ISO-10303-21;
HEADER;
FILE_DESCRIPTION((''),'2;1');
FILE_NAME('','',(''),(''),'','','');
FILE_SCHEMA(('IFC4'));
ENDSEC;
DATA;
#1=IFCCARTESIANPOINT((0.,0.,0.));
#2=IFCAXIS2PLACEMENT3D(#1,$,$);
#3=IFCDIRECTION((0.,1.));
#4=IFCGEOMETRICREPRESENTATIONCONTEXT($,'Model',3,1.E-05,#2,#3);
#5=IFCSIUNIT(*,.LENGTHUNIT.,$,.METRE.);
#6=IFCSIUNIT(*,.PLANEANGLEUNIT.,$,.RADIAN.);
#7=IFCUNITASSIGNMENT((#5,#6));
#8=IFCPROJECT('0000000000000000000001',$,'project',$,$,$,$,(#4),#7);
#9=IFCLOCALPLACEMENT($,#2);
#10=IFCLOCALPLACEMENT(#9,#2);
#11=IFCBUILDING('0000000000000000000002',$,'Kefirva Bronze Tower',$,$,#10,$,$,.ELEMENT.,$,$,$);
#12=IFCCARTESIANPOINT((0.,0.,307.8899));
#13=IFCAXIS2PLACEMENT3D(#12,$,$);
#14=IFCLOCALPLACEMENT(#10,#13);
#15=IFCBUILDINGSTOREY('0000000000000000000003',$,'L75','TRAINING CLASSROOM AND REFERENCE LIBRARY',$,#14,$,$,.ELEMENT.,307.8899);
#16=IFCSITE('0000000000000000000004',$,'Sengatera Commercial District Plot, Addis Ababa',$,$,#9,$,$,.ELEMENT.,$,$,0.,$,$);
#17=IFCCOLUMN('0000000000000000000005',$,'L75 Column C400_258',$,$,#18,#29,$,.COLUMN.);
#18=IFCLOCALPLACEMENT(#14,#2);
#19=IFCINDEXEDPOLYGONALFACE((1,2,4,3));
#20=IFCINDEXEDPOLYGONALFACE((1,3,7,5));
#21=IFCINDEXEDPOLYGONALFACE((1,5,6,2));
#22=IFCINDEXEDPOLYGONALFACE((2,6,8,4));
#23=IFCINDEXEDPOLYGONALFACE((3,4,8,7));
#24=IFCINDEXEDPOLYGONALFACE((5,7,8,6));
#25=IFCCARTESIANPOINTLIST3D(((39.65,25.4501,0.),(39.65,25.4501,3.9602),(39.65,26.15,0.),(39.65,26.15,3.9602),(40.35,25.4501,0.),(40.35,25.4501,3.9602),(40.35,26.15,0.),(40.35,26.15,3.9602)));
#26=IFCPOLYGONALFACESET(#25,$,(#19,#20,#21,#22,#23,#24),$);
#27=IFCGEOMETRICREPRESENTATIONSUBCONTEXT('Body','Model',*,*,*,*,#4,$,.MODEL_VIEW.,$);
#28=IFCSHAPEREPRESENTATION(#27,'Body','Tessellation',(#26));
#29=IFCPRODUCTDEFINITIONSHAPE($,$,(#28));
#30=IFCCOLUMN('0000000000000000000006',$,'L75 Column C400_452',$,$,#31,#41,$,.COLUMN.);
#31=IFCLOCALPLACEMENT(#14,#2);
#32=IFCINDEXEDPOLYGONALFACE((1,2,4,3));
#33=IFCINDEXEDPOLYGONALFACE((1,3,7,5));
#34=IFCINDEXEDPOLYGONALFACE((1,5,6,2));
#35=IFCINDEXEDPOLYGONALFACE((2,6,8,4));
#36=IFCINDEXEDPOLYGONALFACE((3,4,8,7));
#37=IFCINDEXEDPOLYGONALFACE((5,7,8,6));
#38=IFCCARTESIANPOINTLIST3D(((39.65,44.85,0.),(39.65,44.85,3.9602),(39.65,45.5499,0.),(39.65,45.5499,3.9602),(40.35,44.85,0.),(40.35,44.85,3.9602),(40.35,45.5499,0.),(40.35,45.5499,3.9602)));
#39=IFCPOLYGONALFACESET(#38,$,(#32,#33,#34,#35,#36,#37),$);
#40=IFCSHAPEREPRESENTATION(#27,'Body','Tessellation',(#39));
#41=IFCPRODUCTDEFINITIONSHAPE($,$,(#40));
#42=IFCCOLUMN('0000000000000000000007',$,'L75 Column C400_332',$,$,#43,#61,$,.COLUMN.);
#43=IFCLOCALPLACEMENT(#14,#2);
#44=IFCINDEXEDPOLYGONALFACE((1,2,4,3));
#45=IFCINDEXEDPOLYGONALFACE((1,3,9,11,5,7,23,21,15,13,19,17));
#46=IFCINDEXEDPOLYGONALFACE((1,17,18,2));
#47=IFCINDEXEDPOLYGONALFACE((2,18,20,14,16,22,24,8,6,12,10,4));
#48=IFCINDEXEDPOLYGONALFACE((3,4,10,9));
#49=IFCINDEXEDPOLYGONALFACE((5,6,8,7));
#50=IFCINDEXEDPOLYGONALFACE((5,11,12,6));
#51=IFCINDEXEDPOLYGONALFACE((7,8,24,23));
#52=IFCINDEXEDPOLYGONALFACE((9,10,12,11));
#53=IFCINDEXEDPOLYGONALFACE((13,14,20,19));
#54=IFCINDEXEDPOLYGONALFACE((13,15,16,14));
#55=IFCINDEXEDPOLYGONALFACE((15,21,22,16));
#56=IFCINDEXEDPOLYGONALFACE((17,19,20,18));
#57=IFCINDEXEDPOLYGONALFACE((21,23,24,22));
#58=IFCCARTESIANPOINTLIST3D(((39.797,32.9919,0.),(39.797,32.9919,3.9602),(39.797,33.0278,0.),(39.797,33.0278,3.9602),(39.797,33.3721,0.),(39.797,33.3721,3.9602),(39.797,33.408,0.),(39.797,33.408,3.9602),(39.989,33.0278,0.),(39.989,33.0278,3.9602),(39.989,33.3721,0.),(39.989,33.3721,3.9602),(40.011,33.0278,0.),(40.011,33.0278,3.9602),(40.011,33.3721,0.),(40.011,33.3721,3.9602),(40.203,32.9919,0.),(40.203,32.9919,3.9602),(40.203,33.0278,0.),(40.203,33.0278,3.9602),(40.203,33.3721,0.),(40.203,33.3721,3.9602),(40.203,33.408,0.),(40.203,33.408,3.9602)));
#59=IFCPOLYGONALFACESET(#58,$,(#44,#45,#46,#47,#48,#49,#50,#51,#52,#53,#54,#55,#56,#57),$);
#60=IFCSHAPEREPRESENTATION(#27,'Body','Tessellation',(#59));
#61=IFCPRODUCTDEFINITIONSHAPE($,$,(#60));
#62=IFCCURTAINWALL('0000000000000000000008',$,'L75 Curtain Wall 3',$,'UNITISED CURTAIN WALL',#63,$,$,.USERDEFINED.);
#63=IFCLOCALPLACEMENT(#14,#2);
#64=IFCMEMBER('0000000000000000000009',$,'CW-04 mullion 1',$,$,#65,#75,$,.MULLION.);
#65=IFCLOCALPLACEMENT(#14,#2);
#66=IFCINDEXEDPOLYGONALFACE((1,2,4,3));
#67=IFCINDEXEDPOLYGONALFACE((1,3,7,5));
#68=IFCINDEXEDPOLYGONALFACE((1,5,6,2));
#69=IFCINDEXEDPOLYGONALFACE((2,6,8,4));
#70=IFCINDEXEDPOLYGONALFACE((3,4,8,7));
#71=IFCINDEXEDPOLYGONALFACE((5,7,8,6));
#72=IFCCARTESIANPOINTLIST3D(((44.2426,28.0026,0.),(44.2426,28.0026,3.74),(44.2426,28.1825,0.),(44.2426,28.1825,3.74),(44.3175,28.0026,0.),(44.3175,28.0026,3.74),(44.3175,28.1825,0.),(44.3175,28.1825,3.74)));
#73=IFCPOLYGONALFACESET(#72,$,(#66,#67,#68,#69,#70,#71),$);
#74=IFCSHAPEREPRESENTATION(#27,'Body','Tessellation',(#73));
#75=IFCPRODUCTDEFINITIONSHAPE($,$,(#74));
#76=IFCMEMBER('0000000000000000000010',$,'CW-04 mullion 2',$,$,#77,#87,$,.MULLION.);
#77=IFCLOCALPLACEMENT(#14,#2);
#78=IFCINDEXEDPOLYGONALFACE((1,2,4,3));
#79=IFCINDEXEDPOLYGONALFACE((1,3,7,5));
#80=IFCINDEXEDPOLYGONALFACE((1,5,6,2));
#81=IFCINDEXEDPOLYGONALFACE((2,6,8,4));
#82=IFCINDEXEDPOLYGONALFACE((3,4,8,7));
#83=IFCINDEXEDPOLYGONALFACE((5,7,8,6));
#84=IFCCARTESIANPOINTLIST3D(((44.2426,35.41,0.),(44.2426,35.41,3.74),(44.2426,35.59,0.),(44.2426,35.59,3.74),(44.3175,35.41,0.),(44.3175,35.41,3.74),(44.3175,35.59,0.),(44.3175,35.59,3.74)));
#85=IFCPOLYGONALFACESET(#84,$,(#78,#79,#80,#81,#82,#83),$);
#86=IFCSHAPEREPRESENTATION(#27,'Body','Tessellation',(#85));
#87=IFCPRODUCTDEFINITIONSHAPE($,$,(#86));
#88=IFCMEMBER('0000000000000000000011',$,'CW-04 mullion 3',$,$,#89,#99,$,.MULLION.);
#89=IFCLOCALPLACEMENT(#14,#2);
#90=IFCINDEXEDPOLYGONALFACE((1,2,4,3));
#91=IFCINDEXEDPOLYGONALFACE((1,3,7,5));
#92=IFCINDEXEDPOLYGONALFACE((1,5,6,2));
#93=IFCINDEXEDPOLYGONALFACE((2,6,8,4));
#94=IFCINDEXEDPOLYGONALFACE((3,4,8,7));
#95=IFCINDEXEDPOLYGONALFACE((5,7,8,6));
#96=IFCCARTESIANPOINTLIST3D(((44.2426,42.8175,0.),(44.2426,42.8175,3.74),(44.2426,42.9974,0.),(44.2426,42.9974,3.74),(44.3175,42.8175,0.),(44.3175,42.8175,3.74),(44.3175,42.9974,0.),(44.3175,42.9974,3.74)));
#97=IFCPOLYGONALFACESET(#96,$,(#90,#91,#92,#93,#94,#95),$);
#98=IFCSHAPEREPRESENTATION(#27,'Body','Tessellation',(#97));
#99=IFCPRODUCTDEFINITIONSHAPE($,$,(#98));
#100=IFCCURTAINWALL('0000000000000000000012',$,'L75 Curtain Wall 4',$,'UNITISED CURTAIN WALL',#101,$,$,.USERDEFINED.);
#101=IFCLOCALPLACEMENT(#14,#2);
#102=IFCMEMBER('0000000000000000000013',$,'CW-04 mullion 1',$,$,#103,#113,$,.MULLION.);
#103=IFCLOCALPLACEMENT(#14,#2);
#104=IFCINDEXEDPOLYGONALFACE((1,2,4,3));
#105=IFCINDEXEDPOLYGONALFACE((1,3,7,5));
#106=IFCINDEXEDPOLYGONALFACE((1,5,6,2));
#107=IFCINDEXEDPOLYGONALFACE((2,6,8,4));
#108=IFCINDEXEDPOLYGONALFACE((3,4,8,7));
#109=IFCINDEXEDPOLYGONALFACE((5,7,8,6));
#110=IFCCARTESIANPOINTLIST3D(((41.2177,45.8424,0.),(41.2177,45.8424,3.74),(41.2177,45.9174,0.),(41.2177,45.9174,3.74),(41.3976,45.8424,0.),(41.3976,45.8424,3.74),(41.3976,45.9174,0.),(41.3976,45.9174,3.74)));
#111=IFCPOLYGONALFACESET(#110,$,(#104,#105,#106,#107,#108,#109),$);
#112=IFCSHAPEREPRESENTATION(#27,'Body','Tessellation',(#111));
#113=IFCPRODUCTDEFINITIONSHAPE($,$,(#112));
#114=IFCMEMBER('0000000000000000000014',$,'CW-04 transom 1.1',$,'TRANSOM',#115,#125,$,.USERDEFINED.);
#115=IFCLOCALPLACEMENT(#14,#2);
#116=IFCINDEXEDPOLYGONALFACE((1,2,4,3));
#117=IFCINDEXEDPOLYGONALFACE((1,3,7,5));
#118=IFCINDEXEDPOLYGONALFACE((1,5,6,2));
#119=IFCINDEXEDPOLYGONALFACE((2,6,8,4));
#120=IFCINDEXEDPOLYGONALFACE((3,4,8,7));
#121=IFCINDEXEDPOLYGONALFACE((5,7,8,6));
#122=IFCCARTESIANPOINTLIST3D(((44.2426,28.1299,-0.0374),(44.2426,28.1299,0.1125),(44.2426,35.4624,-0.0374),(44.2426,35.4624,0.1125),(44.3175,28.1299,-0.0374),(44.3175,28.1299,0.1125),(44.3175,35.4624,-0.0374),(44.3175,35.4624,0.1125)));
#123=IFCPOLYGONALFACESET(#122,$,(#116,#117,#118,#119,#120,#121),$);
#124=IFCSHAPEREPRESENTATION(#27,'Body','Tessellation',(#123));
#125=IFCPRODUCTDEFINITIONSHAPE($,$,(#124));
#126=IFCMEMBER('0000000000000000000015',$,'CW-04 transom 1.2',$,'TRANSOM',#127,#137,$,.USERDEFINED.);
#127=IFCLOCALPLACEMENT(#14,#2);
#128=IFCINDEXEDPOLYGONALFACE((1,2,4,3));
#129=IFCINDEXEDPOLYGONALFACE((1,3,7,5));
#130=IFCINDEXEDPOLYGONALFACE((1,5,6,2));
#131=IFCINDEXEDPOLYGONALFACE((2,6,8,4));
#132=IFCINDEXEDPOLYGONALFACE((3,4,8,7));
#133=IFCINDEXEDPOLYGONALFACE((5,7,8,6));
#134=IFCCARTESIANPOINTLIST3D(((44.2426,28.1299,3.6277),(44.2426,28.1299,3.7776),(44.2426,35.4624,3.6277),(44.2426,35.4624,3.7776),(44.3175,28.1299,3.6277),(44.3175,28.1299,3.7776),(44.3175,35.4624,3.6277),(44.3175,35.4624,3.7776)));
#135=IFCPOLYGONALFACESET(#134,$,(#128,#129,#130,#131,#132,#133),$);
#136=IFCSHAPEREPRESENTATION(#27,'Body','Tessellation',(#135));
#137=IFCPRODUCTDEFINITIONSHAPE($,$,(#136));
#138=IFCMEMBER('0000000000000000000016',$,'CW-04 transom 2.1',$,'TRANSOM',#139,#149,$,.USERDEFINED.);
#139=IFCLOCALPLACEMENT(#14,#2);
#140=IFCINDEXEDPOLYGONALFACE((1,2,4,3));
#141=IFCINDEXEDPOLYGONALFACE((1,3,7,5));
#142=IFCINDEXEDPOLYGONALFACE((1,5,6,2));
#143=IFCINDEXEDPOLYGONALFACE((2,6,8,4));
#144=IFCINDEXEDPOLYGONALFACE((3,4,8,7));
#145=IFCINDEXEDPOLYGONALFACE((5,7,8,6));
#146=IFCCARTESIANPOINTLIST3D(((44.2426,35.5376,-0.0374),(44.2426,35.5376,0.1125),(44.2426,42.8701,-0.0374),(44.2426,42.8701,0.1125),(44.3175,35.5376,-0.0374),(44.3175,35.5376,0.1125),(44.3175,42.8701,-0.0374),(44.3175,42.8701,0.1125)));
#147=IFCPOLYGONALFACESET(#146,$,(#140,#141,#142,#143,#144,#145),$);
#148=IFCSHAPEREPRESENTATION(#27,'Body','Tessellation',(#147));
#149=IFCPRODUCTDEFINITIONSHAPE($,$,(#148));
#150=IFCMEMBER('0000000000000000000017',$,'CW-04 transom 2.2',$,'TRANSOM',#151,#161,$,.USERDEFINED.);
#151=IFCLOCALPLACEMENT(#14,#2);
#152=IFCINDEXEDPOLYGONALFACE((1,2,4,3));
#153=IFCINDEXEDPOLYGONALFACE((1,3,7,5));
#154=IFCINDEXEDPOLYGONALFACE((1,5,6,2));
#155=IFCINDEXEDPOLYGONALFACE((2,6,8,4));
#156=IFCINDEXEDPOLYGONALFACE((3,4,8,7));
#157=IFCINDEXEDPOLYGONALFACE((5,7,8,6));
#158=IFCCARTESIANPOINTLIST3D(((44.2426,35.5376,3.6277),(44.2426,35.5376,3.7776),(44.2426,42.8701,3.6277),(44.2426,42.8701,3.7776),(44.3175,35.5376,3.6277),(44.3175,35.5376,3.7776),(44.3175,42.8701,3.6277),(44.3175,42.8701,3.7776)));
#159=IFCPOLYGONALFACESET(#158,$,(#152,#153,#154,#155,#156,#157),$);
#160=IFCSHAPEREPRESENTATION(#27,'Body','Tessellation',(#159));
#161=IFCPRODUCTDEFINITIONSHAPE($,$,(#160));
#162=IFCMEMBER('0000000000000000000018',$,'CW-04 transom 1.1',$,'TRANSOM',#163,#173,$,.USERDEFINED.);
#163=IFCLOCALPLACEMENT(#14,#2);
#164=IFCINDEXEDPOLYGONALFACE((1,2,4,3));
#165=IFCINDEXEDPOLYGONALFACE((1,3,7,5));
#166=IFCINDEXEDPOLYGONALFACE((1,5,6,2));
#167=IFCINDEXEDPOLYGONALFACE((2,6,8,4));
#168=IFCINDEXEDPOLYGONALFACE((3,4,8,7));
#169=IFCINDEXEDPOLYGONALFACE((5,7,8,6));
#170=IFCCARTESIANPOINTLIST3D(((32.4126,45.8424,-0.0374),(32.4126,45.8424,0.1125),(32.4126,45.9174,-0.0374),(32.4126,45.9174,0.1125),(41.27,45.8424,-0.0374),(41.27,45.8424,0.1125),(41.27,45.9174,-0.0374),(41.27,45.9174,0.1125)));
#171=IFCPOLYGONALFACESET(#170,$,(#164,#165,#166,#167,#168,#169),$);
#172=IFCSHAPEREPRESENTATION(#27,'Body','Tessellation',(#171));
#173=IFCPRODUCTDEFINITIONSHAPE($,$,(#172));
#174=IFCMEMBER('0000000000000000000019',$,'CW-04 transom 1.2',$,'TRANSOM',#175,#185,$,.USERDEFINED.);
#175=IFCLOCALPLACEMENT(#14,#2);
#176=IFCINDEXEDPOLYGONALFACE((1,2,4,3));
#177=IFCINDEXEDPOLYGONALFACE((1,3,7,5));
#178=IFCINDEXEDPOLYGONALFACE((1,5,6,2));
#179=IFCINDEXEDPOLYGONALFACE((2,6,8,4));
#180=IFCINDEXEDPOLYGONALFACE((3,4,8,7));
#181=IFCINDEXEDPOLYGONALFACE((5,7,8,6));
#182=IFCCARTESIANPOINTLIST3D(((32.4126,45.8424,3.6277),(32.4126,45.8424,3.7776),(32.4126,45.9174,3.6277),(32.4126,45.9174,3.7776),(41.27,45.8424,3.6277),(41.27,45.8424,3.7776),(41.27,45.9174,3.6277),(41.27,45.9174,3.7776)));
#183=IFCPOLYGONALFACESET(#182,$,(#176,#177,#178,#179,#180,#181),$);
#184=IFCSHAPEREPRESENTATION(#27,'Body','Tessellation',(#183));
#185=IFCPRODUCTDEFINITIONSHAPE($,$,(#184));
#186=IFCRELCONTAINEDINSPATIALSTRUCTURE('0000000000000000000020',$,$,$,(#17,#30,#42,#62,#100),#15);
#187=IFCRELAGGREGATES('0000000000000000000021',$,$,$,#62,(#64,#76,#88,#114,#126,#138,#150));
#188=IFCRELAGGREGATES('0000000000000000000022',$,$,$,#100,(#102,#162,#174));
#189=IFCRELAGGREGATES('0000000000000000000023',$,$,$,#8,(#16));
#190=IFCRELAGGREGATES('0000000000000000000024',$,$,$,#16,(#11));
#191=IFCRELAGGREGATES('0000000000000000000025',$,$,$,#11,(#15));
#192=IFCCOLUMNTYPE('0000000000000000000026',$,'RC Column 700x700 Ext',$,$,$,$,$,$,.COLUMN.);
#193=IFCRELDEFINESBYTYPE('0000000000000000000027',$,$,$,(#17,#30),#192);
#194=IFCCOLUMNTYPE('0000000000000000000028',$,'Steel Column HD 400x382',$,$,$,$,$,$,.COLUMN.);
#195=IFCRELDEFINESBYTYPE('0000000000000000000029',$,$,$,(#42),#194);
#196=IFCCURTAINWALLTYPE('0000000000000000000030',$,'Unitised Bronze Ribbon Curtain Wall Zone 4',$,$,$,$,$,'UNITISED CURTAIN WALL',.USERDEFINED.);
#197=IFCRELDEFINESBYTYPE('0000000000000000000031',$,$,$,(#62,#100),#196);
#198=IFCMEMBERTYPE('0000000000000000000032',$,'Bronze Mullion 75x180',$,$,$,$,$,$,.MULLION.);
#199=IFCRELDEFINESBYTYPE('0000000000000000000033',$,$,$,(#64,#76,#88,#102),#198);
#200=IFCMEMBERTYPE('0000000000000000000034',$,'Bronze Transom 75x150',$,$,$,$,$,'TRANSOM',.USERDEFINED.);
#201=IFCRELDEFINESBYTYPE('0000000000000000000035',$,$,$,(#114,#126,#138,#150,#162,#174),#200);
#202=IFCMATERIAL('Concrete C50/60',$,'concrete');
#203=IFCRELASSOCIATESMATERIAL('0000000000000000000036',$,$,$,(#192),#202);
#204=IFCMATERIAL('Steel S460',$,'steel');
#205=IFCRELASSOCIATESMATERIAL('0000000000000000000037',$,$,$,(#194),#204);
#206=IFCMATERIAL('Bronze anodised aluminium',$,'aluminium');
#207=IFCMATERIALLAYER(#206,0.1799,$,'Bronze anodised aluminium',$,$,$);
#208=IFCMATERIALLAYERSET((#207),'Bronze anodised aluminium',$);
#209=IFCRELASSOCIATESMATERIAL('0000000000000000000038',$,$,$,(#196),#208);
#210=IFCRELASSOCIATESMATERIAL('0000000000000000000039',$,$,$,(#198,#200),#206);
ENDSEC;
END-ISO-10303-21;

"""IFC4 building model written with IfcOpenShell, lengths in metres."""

from ifc_helpers import new_model, si_unit, direction, frame, origin, origin_2d, place, context, subcontext, project, spatial, rectangle, i_section, extrude, material, layer, layer_set, material_profile, profile_set, type_object, element, aggregate, save


model = new_model("IFC4")

# Units and contexts
model_context = context("Model", 3, precision=1e-05, world=origin(), true_north=direction((0.0, 1.0)))
body_context = subcontext(model_context, "Body", "Model", "MODEL_VIEW")
ifc_project = project(units=[si_unit("LENGTHUNIT", "METRE"), si_unit("PLANEANGLEUNIT", "RADIAN")], contexts=[model_context])

# Site, building, storey
site_placement = place(None, origin())
site = spatial("IfcSite", under=ifc_project, at=site_placement, Name="Sengatera Commercial District Plot, Addis Ababa", CompositionType="ELEMENT", RefElevation=0.0)
building_placement = place(site_placement, origin())
building = spatial("IfcBuilding", under=site, at=building_placement, Name="Kefirva Bronze Tower", CompositionType="ELEMENT")
storey_placement = place(building_placement, frame((0.0, 0.0, 307.8899)))
storey = spatial("IfcBuildingStorey", under=building, at=storey_placement, Name="L75", Description="TRAINING CLASSROOM AND REFERENCE LIBRARY", CompositionType="ELEMENT", Elevation=307.8899)

# Columns
ifc_material_1 = material(Name="Concrete C50/60", Category="concrete")
ifc_material_profile_1 = material_profile(ifc_material_1, rectangle(XDim=0.7, YDim=0.7, at=origin_2d()), Name="RC 700x700")
ifc_profile_set_1 = profile_set([ifc_material_profile_1], Name="Concrete C50/60")
column_type_1 = type_object("IfcColumnType", Name="RC Column 700x700 Ext", PredefinedType="COLUMN", material=ifc_profile_set_1)
for number, where, z_axis, x_axis, name in (
    (1, (40.0, 25.8, 0.0), (0.0, 0.0, 1.0), (1.0, 0.0, 0.0), "L75 Column C400_258"),
    (2, (40.0, 45.2, 0.0), (0.0, 0.0, 1.0), (1.0, 0.0, 0.0), "L75 Column C400_452"),
):
    element("IfcColumn", number, at=place(storey_placement, frame(where, z_axis=z_axis, x_axis=x_axis)), inside=storey, type_object=column_type_1, Name=name, PredefinedType="COLUMN", context=body_context, shape_type="SweptSolid", body=[
        extrude(rectangle(XDim=0.7, YDim=0.7, at=origin_2d()), origin(), (0.0, 0.0, 1.0), 3.9602),
    ])
ifc_material_2 = material(Name="Steel S460", Category="steel")
ifc_material_profile_2 = material_profile(ifc_material_2, i_section(OverallWidth=0.406, OverallDepth=0.416, WebThickness=0.022, FlangeThickness=0.0359, at=origin_2d()), Name="HD 400x382")
ifc_profile_set_2 = profile_set([ifc_material_profile_2], Name="Steel S460")
column_type_2 = type_object("IfcColumnType", Name="Steel Column HD 400x382", PredefinedType="COLUMN", material=ifc_profile_set_2)
column_placement = place(storey_placement, frame((40.0, 33.2, 0.0), z_axis=(0.0, 0.0, 1.0), x_axis=(1.0, 0.0, 0.0)))
element("IfcColumn", 3, at=column_placement, inside=storey, type_object=column_type_2, Name="L75 Column C400_332", PredefinedType="COLUMN", context=body_context, shape_type="SweptSolid", body=[
    extrude(i_section(OverallWidth=0.406, OverallDepth=0.416, WebThickness=0.022, FlangeThickness=0.0359, at=origin_2d()), origin(), (0.0, 0.0, 1.0), 3.9602),
])

# Curtain wall, members
ifc_material_3 = material(Name="Bronze anodised aluminium", Category="aluminium")
ifc_layer_1 = layer(ifc_material_3, 0.1799, Name="Bronze anodised aluminium")
ifc_layer_set_1 = layer_set([ifc_layer_1], Name="Bronze anodised aluminium")
curtain_wall_type = type_object("IfcCurtainWallType", Name="Unitised Bronze Ribbon Curtain Wall Zone 4", ElementType="UNITISED CURTAIN WALL", PredefinedType="USERDEFINED", material=ifc_layer_set_1)
curtain_wall_1_placement = place(storey_placement, origin())
curtain_wall_1 = element("IfcCurtainWall", 4, at=curtain_wall_1_placement, inside=storey, type_object=curtain_wall_type, Name="L75 Curtain Wall 3", ObjectType="UNITISED CURTAIN WALL", PredefinedType="USERDEFINED")
ifc_material_profile_3 = material_profile(ifc_material_3, rectangle(XDim=0.075, YDim=0.1799, at=origin_2d()), Name="ALU 75x180")
ifc_profile_set_3 = profile_set([ifc_material_profile_3], Name="Bronze anodised aluminium")
member_type_1 = type_object("IfcMemberType", Name="Bronze Mullion 75x180", PredefinedType="MULLION", material=ifc_profile_set_3)
member_1_placement = place(storey_placement, frame((44.28, 28.0925, 0.0), z_axis=(0.0, 0.0, 1.0), x_axis=(-1.0, 0.0, 0.0)))
member_1 = element("IfcMember", 5, at=member_1_placement, type_object=member_type_1, Name="CW-04 mullion 1", PredefinedType="MULLION", context=body_context, shape_type="SweptSolid", body=[
    extrude(rectangle(XDim=0.075, YDim=0.1799, at=origin_2d()), origin(), (0.0, 0.0, 1.0), 3.74),
])
member_2_placement = place(storey_placement, frame((44.28, 35.5, 0.0), z_axis=(0.0, 0.0, 1.0), x_axis=(-1.0, 0.0, 0.0)))
member_2 = element("IfcMember", 6, at=member_2_placement, type_object=member_type_1, Name="CW-04 mullion 2", PredefinedType="MULLION", context=body_context, shape_type="SweptSolid", body=[
    extrude(rectangle(XDim=0.075, YDim=0.1799, at=origin_2d()), origin(), (0.0, 0.0, 1.0), 3.74),
])
member_3_placement = place(storey_placement, frame((44.28, 42.9075, 0.0), z_axis=(0.0, 0.0, 1.0), x_axis=(-1.0, 0.0, 0.0)))
member_3 = element("IfcMember", 7, at=member_3_placement, type_object=member_type_1, Name="CW-04 mullion 3", PredefinedType="MULLION", context=body_context, shape_type="SweptSolid", body=[
    extrude(rectangle(XDim=0.075, YDim=0.1799, at=origin_2d()), origin(), (0.0, 0.0, 1.0), 3.74),
])

# Curtain wall, member
curtain_wall_2_placement = place(storey_placement, origin())
curtain_wall_2 = element("IfcCurtainWall", 8, at=curtain_wall_2_placement, inside=storey, type_object=curtain_wall_type, Name="L75 Curtain Wall 4", ObjectType="UNITISED CURTAIN WALL", PredefinedType="USERDEFINED")
member_4_placement = place(storey_placement, frame((41.3076, 45.8799, 0.0), z_axis=(0.0, 0.0, 1.0), x_axis=(0.0, -1.0, 0.0)))
member_4 = element("IfcMember", 9, at=member_4_placement, type_object=member_type_1, Name="CW-04 mullion 1", PredefinedType="MULLION", context=body_context, shape_type="SweptSolid", body=[
    extrude(rectangle(XDim=0.075, YDim=0.1799, at=origin_2d()), origin(), (0.0, 0.0, 1.0), 3.74),
])

# Members
ifc_material_profile_4 = material_profile(ifc_material_3, rectangle(XDim=0.075, YDim=0.1499, at=origin_2d()), Name="ALU 75x150")
ifc_profile_set_4 = profile_set([ifc_material_profile_4], Name="Bronze anodised aluminium")
member_type_2 = type_object("IfcMemberType", Name="Bronze Transom 75x150", ElementType="TRANSOM", PredefinedType="USERDEFINED", material=ifc_profile_set_4)
member_5_placement = place(storey_placement, frame((44.28, 28.1299, 0.0376), z_axis=(0.0, 1.0, 0.0), x_axis=(-1.0, 0.0, 0.0)))
member_5 = element("IfcMember", 10, at=member_5_placement, type_object=member_type_2, Name="CW-04 transom 1.1", ObjectType="TRANSOM", PredefinedType="USERDEFINED", context=body_context, shape_type="SweptSolid", body=[
    extrude(rectangle(XDim=0.075, YDim=0.1499, at=origin_2d()), origin(), (0.0, 0.0, 1.0), 7.3325),
])
member_6_placement = place(storey_placement, frame((44.28, 28.1299, 3.7026), z_axis=(0.0, 1.0, 0.0), x_axis=(-1.0, 0.0, 0.0)))
member_6 = element("IfcMember", 11, at=member_6_placement, type_object=member_type_2, Name="CW-04 transom 1.2", ObjectType="TRANSOM", PredefinedType="USERDEFINED", context=body_context, shape_type="SweptSolid", body=[
    extrude(rectangle(XDim=0.075, YDim=0.1499, at=origin_2d()), origin(), (0.0, 0.0, 1.0), 7.3325),
])
member_7_placement = place(storey_placement, frame((44.28, 35.5376, 0.0376), z_axis=(0.0, 1.0, 0.0), x_axis=(-1.0, 0.0, 0.0)))
member_7 = element("IfcMember", 12, at=member_7_placement, type_object=member_type_2, Name="CW-04 transom 2.1", ObjectType="TRANSOM", PredefinedType="USERDEFINED", context=body_context, shape_type="SweptSolid", body=[
    extrude(rectangle(XDim=0.075, YDim=0.1499, at=origin_2d()), origin(), (0.0, 0.0, 1.0), 7.3325),
])
member_8_placement = place(storey_placement, frame((44.28, 35.5376, 3.7026), z_axis=(0.0, 1.0, 0.0), x_axis=(-1.0, 0.0, 0.0)))
member_8 = element("IfcMember", 13, at=member_8_placement, type_object=member_type_2, Name="CW-04 transom 2.2", ObjectType="TRANSOM", PredefinedType="USERDEFINED", context=body_context, shape_type="SweptSolid", body=[
    extrude(rectangle(XDim=0.075, YDim=0.1499, at=origin_2d()), origin(), (0.0, 0.0, 1.0), 7.3325),
])
member_9_placement = place(storey_placement, frame((41.27, 45.8799, 0.0376), z_axis=(-1.0, 0.0, 0.0), x_axis=(0.0, -1.0, 0.0)))
member_9 = element("IfcMember", 14, at=member_9_placement, type_object=member_type_2, Name="CW-04 transom 1.1", ObjectType="TRANSOM", PredefinedType="USERDEFINED", context=body_context, shape_type="SweptSolid", body=[
    extrude(rectangle(XDim=0.075, YDim=0.1499, at=origin_2d()), origin(), (0.0, 0.0, 1.0), 8.8574),
])
member_10_placement = place(storey_placement, frame((41.27, 45.8799, 3.7026), z_axis=(-1.0, 0.0, 0.0), x_axis=(0.0, -1.0, 0.0)))
member_10 = element("IfcMember", 15, at=member_10_placement, type_object=member_type_2, Name="CW-04 transom 1.2", ObjectType="TRANSOM", PredefinedType="USERDEFINED", context=body_context, shape_type="SweptSolid", body=[
    extrude(rectangle(XDim=0.075, YDim=0.1499, at=origin_2d()), origin(), (0.0, 0.0, 1.0), 8.8574),
])

aggregate(curtain_wall_1, [member_1, member_2, member_3, member_5, member_6, member_7, member_8])
aggregate(curtain_wall_2, [member_4, member_9, member_10])

save(model, "model.ifc")
